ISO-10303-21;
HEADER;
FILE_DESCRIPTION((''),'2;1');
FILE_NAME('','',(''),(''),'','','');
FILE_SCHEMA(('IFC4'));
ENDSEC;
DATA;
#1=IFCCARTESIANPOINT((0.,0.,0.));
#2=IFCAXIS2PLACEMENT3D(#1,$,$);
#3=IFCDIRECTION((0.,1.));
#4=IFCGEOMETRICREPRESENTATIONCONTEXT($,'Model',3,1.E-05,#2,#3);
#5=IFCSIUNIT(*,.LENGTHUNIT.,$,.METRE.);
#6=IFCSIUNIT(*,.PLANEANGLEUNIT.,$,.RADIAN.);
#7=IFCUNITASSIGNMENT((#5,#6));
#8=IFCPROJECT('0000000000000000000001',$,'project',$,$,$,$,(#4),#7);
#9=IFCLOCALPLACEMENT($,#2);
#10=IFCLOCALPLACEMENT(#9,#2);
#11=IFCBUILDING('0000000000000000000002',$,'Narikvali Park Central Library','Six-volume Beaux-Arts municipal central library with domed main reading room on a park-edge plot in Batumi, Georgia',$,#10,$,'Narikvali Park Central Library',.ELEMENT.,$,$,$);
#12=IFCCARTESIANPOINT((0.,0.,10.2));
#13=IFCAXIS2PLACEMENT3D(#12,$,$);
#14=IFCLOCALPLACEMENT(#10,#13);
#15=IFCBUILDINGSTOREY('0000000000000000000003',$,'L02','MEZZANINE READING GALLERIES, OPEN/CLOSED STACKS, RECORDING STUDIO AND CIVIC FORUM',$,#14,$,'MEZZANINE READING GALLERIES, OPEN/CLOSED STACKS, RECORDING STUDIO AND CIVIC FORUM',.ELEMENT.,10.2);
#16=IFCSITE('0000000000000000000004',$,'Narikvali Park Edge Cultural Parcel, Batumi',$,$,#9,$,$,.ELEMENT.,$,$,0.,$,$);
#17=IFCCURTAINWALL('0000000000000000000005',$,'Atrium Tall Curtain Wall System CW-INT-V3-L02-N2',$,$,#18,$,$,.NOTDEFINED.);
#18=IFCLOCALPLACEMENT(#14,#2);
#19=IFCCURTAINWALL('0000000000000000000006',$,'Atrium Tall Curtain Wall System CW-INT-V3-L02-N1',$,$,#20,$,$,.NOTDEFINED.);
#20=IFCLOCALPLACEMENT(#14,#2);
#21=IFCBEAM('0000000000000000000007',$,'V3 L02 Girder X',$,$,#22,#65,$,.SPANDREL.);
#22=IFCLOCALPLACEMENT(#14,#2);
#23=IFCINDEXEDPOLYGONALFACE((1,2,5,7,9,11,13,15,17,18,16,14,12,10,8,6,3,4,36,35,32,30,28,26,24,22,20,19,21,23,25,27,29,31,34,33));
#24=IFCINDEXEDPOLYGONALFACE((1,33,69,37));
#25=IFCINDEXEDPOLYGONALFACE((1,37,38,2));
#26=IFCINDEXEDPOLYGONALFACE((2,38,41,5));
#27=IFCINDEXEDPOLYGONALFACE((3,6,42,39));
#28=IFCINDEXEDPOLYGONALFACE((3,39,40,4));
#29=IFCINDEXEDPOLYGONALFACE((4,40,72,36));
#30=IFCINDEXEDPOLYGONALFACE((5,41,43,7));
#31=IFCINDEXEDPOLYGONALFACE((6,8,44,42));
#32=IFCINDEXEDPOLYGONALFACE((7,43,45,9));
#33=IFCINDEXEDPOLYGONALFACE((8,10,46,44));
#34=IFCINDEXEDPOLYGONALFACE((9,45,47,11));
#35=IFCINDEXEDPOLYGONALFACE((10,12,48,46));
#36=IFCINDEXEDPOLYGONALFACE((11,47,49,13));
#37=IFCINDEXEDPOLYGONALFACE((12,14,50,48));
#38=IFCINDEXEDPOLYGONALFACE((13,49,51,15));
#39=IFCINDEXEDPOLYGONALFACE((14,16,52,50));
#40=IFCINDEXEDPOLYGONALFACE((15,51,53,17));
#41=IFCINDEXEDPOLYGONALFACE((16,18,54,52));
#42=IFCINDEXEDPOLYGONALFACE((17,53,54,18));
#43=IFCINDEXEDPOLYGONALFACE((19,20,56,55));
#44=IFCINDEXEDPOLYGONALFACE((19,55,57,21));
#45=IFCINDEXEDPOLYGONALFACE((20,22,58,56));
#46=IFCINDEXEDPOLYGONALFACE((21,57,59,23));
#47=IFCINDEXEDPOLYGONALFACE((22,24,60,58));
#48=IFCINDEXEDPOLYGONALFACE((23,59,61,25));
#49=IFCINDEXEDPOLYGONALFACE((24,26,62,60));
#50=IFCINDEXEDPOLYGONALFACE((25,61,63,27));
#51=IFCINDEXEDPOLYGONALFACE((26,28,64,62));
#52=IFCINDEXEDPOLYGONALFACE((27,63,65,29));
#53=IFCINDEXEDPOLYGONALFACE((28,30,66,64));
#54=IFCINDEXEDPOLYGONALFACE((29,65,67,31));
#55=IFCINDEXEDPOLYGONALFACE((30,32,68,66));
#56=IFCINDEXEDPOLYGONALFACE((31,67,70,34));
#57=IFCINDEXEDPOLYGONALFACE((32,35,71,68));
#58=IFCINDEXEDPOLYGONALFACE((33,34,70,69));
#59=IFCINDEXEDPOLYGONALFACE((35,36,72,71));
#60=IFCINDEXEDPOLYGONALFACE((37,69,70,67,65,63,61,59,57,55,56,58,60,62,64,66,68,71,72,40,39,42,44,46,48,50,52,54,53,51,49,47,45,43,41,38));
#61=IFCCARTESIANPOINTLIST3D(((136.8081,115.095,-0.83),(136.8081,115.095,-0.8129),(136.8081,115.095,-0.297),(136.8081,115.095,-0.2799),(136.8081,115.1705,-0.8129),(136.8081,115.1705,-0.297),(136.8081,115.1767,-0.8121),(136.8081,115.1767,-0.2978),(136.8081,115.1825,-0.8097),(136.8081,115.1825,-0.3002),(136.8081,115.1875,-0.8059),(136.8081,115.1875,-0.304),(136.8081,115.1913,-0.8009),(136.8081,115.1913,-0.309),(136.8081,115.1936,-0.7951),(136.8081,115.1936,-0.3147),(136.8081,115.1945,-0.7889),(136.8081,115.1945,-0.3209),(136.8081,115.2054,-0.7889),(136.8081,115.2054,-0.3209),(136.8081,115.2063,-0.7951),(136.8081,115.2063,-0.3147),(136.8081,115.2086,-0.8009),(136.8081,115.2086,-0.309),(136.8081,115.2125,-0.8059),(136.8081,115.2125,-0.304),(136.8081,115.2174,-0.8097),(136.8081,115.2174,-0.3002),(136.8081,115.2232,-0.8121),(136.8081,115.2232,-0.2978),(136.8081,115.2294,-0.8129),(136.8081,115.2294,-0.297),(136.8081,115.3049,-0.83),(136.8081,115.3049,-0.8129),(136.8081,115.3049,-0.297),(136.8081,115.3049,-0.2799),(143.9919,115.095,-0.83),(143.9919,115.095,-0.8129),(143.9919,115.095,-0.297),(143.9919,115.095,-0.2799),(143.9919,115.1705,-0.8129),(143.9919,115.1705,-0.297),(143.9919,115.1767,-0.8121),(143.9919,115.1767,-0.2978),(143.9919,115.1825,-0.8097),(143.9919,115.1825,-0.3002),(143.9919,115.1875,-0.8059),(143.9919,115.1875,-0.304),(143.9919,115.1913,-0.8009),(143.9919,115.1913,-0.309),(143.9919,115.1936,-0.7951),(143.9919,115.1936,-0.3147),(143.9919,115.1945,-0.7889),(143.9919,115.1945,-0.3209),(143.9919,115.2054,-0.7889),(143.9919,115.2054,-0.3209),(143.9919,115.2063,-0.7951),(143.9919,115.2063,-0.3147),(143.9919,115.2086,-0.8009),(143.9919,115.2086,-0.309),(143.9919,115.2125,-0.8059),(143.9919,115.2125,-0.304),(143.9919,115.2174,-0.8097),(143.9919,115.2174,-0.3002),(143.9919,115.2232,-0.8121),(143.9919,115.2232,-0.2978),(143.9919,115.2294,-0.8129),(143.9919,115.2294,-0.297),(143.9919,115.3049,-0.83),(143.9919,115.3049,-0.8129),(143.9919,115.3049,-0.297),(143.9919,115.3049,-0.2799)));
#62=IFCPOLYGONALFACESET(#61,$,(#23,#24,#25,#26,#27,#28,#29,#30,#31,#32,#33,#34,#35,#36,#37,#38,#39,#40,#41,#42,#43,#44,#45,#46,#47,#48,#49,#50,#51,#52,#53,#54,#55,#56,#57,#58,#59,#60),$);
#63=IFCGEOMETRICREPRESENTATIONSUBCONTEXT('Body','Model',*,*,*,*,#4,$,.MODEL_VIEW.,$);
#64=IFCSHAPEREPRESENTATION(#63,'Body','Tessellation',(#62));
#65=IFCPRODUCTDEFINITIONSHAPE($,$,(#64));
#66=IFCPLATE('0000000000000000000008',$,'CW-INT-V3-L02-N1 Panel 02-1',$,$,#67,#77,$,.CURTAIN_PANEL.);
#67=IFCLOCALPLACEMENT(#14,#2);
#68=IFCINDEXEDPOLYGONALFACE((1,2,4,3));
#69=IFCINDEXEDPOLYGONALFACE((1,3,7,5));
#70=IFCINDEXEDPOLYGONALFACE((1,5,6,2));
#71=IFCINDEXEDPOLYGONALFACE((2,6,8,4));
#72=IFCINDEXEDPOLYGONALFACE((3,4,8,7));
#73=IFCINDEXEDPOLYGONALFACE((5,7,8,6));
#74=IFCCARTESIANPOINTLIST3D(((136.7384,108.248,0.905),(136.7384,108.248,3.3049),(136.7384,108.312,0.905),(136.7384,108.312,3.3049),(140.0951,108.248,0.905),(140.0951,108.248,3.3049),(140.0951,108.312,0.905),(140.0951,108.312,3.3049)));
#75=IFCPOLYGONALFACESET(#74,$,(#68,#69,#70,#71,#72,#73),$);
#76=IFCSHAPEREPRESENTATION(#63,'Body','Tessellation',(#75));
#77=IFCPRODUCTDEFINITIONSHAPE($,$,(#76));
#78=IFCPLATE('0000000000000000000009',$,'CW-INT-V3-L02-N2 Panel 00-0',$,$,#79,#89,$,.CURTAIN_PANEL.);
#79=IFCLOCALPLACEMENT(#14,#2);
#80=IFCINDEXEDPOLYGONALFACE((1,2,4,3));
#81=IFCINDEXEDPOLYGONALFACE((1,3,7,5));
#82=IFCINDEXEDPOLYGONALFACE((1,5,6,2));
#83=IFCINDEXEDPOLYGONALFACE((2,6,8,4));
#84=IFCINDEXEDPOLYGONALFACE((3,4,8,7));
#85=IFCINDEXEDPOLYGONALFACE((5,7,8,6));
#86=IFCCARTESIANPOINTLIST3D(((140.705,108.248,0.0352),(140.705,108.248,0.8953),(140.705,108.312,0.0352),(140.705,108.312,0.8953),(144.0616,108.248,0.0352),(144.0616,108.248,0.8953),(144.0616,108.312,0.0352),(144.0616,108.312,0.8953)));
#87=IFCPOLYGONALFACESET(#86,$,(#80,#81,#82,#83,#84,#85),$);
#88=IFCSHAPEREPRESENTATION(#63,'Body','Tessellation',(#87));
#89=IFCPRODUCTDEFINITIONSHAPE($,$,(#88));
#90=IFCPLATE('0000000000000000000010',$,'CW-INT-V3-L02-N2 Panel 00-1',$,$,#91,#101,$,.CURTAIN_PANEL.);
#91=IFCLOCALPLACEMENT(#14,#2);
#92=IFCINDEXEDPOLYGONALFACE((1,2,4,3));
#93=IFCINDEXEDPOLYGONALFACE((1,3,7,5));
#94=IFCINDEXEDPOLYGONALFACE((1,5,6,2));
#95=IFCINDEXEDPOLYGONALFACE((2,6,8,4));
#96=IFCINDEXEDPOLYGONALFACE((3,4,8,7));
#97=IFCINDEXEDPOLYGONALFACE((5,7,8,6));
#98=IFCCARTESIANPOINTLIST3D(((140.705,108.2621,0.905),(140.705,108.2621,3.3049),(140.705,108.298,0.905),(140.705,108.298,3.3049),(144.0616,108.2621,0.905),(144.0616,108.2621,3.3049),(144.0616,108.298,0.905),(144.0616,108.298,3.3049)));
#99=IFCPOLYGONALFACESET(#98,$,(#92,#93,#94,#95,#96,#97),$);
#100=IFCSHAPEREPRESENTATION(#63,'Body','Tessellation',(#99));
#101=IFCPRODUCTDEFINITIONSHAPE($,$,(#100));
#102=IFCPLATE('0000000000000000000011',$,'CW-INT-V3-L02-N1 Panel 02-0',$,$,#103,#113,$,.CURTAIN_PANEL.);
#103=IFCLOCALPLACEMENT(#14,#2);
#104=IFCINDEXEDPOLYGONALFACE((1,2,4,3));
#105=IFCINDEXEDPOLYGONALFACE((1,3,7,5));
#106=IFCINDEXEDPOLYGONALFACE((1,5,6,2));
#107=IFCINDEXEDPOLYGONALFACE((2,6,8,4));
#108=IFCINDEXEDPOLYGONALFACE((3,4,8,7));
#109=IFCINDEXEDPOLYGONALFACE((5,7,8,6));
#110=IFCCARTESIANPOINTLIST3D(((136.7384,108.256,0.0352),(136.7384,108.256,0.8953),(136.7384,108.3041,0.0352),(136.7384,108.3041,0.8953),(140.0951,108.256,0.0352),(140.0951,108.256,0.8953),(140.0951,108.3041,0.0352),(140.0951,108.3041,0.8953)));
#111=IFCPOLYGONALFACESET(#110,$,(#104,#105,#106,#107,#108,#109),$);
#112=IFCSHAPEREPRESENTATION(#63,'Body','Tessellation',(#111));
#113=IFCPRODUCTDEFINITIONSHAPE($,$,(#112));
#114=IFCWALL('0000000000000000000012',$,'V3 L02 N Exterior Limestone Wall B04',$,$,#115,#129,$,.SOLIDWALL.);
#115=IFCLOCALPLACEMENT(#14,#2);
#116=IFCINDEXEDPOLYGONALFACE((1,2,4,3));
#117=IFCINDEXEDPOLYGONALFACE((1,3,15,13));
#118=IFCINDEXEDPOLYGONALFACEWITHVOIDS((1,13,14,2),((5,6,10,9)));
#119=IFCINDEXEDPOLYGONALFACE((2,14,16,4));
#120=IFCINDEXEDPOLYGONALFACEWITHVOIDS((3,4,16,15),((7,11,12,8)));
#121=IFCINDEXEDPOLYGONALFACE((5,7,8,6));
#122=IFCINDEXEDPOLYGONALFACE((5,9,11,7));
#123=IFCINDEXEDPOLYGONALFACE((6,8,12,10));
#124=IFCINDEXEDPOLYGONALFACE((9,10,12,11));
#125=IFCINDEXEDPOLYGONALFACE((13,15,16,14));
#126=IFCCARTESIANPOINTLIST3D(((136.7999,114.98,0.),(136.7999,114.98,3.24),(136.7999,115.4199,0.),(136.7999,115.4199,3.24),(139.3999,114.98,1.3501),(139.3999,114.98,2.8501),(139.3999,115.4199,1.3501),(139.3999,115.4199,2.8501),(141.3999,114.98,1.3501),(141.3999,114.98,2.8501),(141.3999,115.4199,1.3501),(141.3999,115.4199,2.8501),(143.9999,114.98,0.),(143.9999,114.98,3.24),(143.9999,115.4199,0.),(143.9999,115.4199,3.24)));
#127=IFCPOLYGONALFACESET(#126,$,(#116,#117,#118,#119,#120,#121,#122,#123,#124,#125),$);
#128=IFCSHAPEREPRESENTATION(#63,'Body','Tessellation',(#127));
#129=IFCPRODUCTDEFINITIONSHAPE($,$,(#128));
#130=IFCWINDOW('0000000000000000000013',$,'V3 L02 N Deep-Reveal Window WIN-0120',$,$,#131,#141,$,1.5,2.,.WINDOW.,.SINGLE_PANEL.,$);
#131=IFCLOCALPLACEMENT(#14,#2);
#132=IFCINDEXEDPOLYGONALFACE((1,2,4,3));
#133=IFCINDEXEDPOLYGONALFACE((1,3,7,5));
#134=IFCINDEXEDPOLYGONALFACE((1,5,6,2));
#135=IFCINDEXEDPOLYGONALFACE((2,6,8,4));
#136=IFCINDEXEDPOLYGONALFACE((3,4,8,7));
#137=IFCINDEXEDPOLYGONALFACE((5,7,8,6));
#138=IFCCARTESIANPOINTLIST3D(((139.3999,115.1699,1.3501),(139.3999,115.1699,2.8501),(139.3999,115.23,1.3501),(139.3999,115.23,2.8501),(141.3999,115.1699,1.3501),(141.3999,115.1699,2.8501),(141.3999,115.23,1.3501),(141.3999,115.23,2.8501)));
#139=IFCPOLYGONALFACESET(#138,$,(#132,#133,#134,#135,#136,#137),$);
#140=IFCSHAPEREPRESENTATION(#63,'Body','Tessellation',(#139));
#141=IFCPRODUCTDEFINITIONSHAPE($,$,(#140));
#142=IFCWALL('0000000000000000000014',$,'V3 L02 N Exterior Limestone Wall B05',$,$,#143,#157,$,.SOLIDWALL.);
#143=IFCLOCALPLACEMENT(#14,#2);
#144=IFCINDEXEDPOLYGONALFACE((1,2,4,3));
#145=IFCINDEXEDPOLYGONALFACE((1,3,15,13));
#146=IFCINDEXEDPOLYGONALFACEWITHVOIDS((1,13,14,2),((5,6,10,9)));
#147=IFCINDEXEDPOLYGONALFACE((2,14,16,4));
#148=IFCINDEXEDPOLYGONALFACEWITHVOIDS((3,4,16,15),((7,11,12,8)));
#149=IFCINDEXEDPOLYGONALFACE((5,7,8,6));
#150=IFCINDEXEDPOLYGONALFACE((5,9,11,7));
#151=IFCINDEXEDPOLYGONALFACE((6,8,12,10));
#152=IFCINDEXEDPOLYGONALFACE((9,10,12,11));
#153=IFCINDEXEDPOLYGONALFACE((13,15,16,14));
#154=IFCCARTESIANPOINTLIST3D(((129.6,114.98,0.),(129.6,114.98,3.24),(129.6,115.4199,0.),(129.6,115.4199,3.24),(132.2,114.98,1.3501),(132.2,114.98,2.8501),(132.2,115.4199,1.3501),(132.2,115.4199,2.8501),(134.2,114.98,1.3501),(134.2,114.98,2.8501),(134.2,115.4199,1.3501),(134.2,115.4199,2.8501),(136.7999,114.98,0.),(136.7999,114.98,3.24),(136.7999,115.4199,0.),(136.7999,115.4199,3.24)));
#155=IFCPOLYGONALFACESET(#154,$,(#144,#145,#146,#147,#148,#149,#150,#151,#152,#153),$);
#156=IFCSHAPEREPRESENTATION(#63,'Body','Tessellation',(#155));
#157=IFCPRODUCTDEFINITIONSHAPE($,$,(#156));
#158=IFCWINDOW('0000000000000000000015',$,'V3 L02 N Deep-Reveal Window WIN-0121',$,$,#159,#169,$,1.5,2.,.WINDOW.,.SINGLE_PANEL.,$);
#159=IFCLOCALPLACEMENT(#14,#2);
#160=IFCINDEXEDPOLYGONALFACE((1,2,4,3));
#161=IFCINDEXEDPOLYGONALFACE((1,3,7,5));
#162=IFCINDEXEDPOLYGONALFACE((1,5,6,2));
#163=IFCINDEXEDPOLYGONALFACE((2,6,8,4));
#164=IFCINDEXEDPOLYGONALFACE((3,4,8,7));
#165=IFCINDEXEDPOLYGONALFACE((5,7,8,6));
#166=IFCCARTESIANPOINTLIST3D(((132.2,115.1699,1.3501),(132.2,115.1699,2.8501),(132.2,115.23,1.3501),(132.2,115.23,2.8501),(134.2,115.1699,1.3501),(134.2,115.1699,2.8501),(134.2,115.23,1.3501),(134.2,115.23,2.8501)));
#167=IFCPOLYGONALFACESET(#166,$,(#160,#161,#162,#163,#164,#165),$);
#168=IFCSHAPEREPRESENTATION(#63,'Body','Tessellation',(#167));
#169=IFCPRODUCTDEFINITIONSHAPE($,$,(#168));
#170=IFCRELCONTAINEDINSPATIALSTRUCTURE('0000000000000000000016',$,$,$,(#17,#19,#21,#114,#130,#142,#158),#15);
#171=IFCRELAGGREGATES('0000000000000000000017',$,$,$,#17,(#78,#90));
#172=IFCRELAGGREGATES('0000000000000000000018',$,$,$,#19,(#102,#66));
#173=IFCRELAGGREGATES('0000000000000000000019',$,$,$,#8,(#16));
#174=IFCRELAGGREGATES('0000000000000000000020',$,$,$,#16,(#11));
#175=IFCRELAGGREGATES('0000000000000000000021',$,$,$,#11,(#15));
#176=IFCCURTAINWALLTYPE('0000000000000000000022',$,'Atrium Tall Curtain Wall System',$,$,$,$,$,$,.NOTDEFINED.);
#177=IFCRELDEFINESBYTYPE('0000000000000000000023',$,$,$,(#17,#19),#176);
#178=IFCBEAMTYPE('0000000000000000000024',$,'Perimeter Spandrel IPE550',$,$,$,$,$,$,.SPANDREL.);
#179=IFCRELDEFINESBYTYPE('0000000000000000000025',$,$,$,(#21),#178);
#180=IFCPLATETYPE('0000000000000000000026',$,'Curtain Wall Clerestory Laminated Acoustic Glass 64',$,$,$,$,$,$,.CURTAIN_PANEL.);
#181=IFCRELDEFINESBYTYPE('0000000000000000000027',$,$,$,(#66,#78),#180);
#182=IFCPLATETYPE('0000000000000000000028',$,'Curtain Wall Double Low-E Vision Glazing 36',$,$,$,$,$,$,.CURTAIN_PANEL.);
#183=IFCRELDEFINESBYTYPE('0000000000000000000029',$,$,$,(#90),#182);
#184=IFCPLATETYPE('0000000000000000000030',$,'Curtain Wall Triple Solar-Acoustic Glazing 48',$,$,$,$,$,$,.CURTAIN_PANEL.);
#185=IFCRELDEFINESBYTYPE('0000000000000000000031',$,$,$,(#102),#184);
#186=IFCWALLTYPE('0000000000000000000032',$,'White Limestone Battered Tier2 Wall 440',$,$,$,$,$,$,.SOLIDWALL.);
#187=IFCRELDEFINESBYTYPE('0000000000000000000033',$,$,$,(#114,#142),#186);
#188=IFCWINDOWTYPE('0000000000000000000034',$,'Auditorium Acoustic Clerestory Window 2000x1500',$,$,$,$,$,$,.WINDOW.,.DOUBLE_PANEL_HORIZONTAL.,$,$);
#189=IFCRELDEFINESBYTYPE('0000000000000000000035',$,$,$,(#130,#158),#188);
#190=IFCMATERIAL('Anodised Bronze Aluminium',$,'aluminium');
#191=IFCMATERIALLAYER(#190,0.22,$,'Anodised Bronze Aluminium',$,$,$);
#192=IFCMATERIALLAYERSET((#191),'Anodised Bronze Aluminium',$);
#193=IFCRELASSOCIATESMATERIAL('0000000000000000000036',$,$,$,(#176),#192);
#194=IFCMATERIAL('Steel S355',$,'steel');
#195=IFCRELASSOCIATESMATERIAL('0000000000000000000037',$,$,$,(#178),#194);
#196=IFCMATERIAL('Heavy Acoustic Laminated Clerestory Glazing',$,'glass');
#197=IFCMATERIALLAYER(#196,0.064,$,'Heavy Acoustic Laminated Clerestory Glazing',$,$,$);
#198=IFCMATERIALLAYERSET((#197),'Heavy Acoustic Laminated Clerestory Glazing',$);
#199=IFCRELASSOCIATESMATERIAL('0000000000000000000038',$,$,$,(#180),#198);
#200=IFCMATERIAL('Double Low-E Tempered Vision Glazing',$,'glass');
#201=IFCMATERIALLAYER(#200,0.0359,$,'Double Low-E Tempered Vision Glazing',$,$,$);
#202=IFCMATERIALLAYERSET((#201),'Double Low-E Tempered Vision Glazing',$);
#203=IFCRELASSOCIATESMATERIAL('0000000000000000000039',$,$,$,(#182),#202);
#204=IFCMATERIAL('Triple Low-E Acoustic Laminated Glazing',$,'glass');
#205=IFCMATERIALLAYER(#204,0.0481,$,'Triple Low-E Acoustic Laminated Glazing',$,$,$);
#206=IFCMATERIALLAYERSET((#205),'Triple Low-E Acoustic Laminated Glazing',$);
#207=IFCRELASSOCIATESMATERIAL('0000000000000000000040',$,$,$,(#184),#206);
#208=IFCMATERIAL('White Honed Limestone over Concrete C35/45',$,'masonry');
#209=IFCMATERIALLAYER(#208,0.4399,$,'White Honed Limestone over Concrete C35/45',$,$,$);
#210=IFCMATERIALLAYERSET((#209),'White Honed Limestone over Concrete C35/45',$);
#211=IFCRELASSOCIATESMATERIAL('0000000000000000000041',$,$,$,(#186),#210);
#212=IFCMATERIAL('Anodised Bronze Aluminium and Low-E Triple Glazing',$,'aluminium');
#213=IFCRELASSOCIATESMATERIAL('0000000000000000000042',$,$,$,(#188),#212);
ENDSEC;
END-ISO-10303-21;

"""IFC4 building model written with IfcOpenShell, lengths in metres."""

from ifc_helpers import new_model, si_unit, direction, frame, frame_2d, origin, origin_2d, place, context, subcontext, project, spatial, rectangle, i_section, extrude, material, layer, layer_set, material_profile, profile_set, type_object, element, fill, aggregate, save


model = new_model("IFC4")

# Units and contexts
model_context = context("Model", 3, precision=1e-05, world=origin(), true_north=direction((0.0, 1.0)))
body_context = subcontext(model_context, "Body", "Model", "MODEL_VIEW")
ifc_project = project(units=[si_unit("LENGTHUNIT", "METRE"), si_unit("PLANEANGLEUNIT", "RADIAN")], contexts=[model_context])

# Site, building, storey
site_placement = place(None, origin())
site = spatial("IfcSite", under=ifc_project, at=site_placement, Name="Narikvali Park Edge Cultural Parcel, Batumi", CompositionType="ELEMENT", RefElevation=0.0)
building_placement = place(site_placement, origin())
building = spatial("IfcBuilding", under=site, at=building_placement, Name="Narikvali Park Central Library", Description="Six-volume Beaux-Arts municipal central library with domed main reading room on a park-edge plot in Batumi, Georgia", LongName="Narikvali Park Central Library", CompositionType="ELEMENT")
storey_placement = place(building_placement, frame((0.0, 0.0, 10.2)))
storey = spatial("IfcBuildingStorey", under=building, at=storey_placement, Name="L02", Description="MEZZANINE READING GALLERIES, OPEN/CLOSED STACKS, RECORDING STUDIO AND CIVIC FORUM", LongName="MEZZANINE READING GALLERIES, OPEN/CLOSED STACKS, RECORDING STUDIO AND CIVIC FORUM", CompositionType="ELEMENT", Elevation=10.2)

# Shared definitions
ifc_material_1 = material(Name="Steel S355", Category="steel")

# Curtain wall
ifc_material_2 = material(Name="Anodised Bronze Aluminium", Category="aluminium")
ifc_layer_1 = layer(ifc_material_2, 0.22, Name="Anodised Bronze Aluminium")
ifc_layer_set_1 = layer_set([ifc_layer_1], Name="Anodised Bronze Aluminium")
curtain_wall_type = type_object("IfcCurtainWallType", Name="Atrium Tall Curtain Wall System", PredefinedType="NOTDEFINED", material=ifc_layer_set_1)
curtain_wall_1_placement = place(storey_placement, origin())
curtain_wall_1 = element("IfcCurtainWall", 1, at=curtain_wall_1_placement, inside=storey, type_object=curtain_wall_type, Name="Atrium Tall Curtain Wall System CW-INT-V3-L02-N2", PredefinedType="NOTDEFINED")

# Curtain wall
curtain_wall_2_placement = place(storey_placement, origin())
curtain_wall_2 = element("IfcCurtainWall", 2, at=curtain_wall_2_placement, inside=storey, type_object=curtain_wall_type, Name="Atrium Tall Curtain Wall System CW-INT-V3-L02-N1", PredefinedType="NOTDEFINED")

# Beam
ifc_material_profile_1 = material_profile(ifc_material_1, i_section(OverallWidth=0.21, OverallDepth=0.55, WebThickness=0.011, FlangeThickness=0.0171, FilletRadius=0.0239, at=origin_2d()), Name="IPE 550")
ifc_profile_set_1 = profile_set([ifc_material_profile_1], Name="Steel S355")
beam_type = type_object("IfcBeamType", Name="Perimeter Spandrel IPE550", PredefinedType="SPANDREL", material=ifc_profile_set_1)
beam_placement = place(storey_placement, frame((136.8081, 115.2, -0.5549), z_axis=(1.0, 0.0, 0.0), x_axis=(0.0, 1.0, 0.0)))
element("IfcBeam", 3, at=beam_placement, inside=storey, type_object=beam_type, Name="V3 L02 Girder X", PredefinedType="SPANDREL", context=body_context, shape_type="SweptSolid", body=[
    extrude(i_section(OverallWidth=0.21, OverallDepth=0.55, WebThickness=0.011, FlangeThickness=0.0171, FilletRadius=0.0239, at=origin_2d()), origin(), (0.0, 0.0, 1.0), 7.1838),
])

# Plates
ifc_material_3 = material(Name="Heavy Acoustic Laminated Clerestory Glazing", Category="glass")
ifc_layer_2 = layer(ifc_material_3, 0.064, Name="Heavy Acoustic Laminated Clerestory Glazing")
ifc_layer_set_2 = layer_set([ifc_layer_2], Name="Heavy Acoustic Laminated Clerestory Glazing")
plate_type_1 = type_object("IfcPlateType", Name="Curtain Wall Clerestory Laminated Acoustic Glass 64", PredefinedType="CURTAIN_PANEL", material=ifc_layer_set_2)
plate_1_placement = place(storey_placement, frame((138.4167, 108.28, 0.905), z_axis=(0.0, 0.0, 1.0), x_axis=(1.0, 0.0, 0.0)))
plate_1 = element("IfcPlate", 4, at=plate_1_placement, type_object=plate_type_1, Name="CW-INT-V3-L02-N1 Panel 02-1", PredefinedType="CURTAIN_PANEL", context=body_context, shape_type="SweptSolid", body=[
    extrude(rectangle(XDim=3.3567, YDim=0.064, at=origin_2d()), origin(), (0.0, 0.0, 1.0), 2.3999),
])
plate_2_placement = place(storey_placement, frame((142.3833, 108.28, 0.0352), z_axis=(0.0, 0.0, 1.0), x_axis=(1.0, 0.0, 0.0)))
plate_2 = element("IfcPlate", 5, at=plate_2_placement, type_object=plate_type_1, Name="CW-INT-V3-L02-N2 Panel 00-0", PredefinedType="CURTAIN_PANEL", context=body_context, shape_type="SweptSolid", body=[
    extrude(rectangle(XDim=3.3567, YDim=0.064, at=origin_2d()), origin(), (0.0, 0.0, 1.0), 0.8601),
])
ifc_material_4 = material(Name="Double Low-E Tempered Vision Glazing", Category="glass")
ifc_layer_3 = layer(ifc_material_4, 0.0359, Name="Double Low-E Tempered Vision Glazing")
ifc_layer_set_3 = layer_set([ifc_layer_3], Name="Double Low-E Tempered Vision Glazing")
plate_type_2 = type_object("IfcPlateType", Name="Curtain Wall Double Low-E Vision Glazing 36", PredefinedType="CURTAIN_PANEL", material=ifc_layer_set_3)
plate_3_placement = place(storey_placement, frame((142.3833, 108.28, 0.905), z_axis=(0.0, 0.0, 1.0), x_axis=(1.0, 0.0, 0.0)))
plate_3 = element("IfcPlate", 6, at=plate_3_placement, type_object=plate_type_2, Name="CW-INT-V3-L02-N2 Panel 00-1", PredefinedType="CURTAIN_PANEL", context=body_context, shape_type="SweptSolid", body=[
    extrude(rectangle(XDim=3.3567, YDim=0.0359, at=origin_2d()), origin(), (0.0, 0.0, 1.0), 2.3999),
])
aggregate(curtain_wall_1, [plate_2, plate_3])
ifc_material_5 = material(Name="Triple Low-E Acoustic Laminated Glazing", Category="glass")
ifc_layer_4 = layer(ifc_material_5, 0.0481, Name="Triple Low-E Acoustic Laminated Glazing")
ifc_layer_set_4 = layer_set([ifc_layer_4], Name="Triple Low-E Acoustic Laminated Glazing")
plate_type_3 = type_object("IfcPlateType", Name="Curtain Wall Triple Solar-Acoustic Glazing 48", PredefinedType="CURTAIN_PANEL", material=ifc_layer_set_4)
plate_4_placement = place(storey_placement, frame((138.4167, 108.28, 0.0352), z_axis=(0.0, 0.0, 1.0), x_axis=(1.0, 0.0, 0.0)))
plate_4 = element("IfcPlate", 7, at=plate_4_placement, type_object=plate_type_3, Name="CW-INT-V3-L02-N1 Panel 02-0", PredefinedType="CURTAIN_PANEL", context=body_context, shape_type="SweptSolid", body=[
    extrude(rectangle(XDim=3.3567, YDim=0.0481, at=origin_2d()), origin(), (0.0, 0.0, 1.0), 0.8601),
])
aggregate(curtain_wall_2, [plate_4, plate_1])

# Walls, openings, windows
ifc_material_6 = material(Name="White Honed Limestone over Concrete C35/45", Category="masonry")
ifc_layer_5 = layer(ifc_material_6, 0.4399, Name="White Honed Limestone over Concrete C35/45")
ifc_layer_set_5 = layer_set([ifc_layer_5], Name="White Honed Limestone over Concrete C35/45")
wall_type = type_object("IfcWallType", Name="White Limestone Battered Tier2 Wall 440", PredefinedType="SOLIDWALL", material=ifc_layer_set_5)
wall_1_placement = place(storey_placement, frame((144.0, 115.2, 0.0), z_axis=(0.0, 0.0, 1.0), x_axis=(-1.0, 0.0, 0.0)))
wall_1 = element("IfcWall", 8, at=wall_1_placement, inside=storey, type_object=wall_type, Name="V3 L02 N Exterior Limestone Wall B04", PredefinedType="SOLIDWALL", context=body_context, shape_type="SweptSolid", body=[
    extrude(rectangle(XDim=7.2, YDim=0.4399, at=frame_2d((3.6001, 0.0))), origin(), (0.0, 0.0, 1.0), 3.24),
])
opening_1_placement = place(wall_1_placement, frame((2.6001, 0.0, 1.3501)))
opening_1 = element("IfcOpeningElement", 9, at=opening_1_placement, cuts=wall_1, PredefinedType="OPENING", context=body_context, shape_type="SweptSolid", body=[
    extrude(rectangle(XDim=2.0, YDim=1.5, at=frame_2d((1.0, 0.75))), frame((0.0, 0.2319, 0.0), z_axis=(0.0, -1.0, 0.0), x_axis=(1.0, 0.0, 0.0)), (0.0, 0.0, 1.0), 0.4639),
])
ifc_material_7 = material(Name="Anodised Bronze Aluminium and Low-E Triple Glazing", Category="aluminium")
window_type = type_object("IfcWindowType", Name="Auditorium Acoustic Clerestory Window 2000x1500", PartitioningType="DOUBLE_PANEL_HORIZONTAL", PredefinedType="WINDOW", material=ifc_material_7)
window_1_placement = place(opening_1_placement, origin())
window_1 = element("IfcWindow", 10, at=window_1_placement, inside=storey, type_object=window_type, Name="V3 L02 N Deep-Reveal Window WIN-0120", OverallHeight=1.5, OverallWidth=2.0, PartitioningType="SINGLE_PANEL", PredefinedType="WINDOW", context=body_context, shape_type="SweptSolid", body=[
    extrude(rectangle(XDim=2.0, YDim=1.5, at=frame_2d((1.0, 0.75))), frame((0.0, 0.03, 0.0), z_axis=(0.0, -1.0, 0.0), x_axis=(1.0, 0.0, 0.0)), (0.0, 0.0, 1.0), 0.0601),
])
fill(opening_1, window_1)
wall_2_placement = place(storey_placement, frame((136.8, 115.2, 0.0), z_axis=(0.0, 0.0, 1.0), x_axis=(-1.0, 0.0, 0.0)))
wall_2 = element("IfcWall", 11, at=wall_2_placement, inside=storey, type_object=wall_type, Name="V3 L02 N Exterior Limestone Wall B05", PredefinedType="SOLIDWALL", context=body_context, shape_type="SweptSolid", body=[
    extrude(rectangle(XDim=7.2, YDim=0.4399, at=frame_2d((3.6001, 0.0))), origin(), (0.0, 0.0, 1.0), 3.24),
])
opening_2_placement = place(wall_2_placement, frame((2.6001, 0.0, 1.3501)))
opening_2 = element("IfcOpeningElement", 12, at=opening_2_placement, cuts=wall_2, PredefinedType="OPENING", context=body_context, shape_type="SweptSolid", body=[
    extrude(rectangle(XDim=2.0, YDim=1.5, at=frame_2d((1.0, 0.75))), frame((0.0, 0.2319, 0.0), z_axis=(0.0, -1.0, 0.0), x_axis=(1.0, 0.0, 0.0)), (0.0, 0.0, 1.0), 0.4639),
])
window_2_placement = place(opening_2_placement, origin())
window_2 = element("IfcWindow", 13, at=window_2_placement, inside=storey, type_object=window_type, Name="V3 L02 N Deep-Reveal Window WIN-0121", OverallHeight=1.5, OverallWidth=2.0, PartitioningType="SINGLE_PANEL", PredefinedType="WINDOW", context=body_context, shape_type="SweptSolid", body=[
    extrude(rectangle(XDim=2.0, YDim=1.5, at=frame_2d((1.0, 0.75))), frame((0.0, 0.03, 0.0), z_axis=(0.0, -1.0, 0.0), x_axis=(1.0, 0.0, 0.0)), (0.0, 0.0, 1.0), 0.0601),
])
fill(opening_2, window_2)

save(model, "model.ifc")
